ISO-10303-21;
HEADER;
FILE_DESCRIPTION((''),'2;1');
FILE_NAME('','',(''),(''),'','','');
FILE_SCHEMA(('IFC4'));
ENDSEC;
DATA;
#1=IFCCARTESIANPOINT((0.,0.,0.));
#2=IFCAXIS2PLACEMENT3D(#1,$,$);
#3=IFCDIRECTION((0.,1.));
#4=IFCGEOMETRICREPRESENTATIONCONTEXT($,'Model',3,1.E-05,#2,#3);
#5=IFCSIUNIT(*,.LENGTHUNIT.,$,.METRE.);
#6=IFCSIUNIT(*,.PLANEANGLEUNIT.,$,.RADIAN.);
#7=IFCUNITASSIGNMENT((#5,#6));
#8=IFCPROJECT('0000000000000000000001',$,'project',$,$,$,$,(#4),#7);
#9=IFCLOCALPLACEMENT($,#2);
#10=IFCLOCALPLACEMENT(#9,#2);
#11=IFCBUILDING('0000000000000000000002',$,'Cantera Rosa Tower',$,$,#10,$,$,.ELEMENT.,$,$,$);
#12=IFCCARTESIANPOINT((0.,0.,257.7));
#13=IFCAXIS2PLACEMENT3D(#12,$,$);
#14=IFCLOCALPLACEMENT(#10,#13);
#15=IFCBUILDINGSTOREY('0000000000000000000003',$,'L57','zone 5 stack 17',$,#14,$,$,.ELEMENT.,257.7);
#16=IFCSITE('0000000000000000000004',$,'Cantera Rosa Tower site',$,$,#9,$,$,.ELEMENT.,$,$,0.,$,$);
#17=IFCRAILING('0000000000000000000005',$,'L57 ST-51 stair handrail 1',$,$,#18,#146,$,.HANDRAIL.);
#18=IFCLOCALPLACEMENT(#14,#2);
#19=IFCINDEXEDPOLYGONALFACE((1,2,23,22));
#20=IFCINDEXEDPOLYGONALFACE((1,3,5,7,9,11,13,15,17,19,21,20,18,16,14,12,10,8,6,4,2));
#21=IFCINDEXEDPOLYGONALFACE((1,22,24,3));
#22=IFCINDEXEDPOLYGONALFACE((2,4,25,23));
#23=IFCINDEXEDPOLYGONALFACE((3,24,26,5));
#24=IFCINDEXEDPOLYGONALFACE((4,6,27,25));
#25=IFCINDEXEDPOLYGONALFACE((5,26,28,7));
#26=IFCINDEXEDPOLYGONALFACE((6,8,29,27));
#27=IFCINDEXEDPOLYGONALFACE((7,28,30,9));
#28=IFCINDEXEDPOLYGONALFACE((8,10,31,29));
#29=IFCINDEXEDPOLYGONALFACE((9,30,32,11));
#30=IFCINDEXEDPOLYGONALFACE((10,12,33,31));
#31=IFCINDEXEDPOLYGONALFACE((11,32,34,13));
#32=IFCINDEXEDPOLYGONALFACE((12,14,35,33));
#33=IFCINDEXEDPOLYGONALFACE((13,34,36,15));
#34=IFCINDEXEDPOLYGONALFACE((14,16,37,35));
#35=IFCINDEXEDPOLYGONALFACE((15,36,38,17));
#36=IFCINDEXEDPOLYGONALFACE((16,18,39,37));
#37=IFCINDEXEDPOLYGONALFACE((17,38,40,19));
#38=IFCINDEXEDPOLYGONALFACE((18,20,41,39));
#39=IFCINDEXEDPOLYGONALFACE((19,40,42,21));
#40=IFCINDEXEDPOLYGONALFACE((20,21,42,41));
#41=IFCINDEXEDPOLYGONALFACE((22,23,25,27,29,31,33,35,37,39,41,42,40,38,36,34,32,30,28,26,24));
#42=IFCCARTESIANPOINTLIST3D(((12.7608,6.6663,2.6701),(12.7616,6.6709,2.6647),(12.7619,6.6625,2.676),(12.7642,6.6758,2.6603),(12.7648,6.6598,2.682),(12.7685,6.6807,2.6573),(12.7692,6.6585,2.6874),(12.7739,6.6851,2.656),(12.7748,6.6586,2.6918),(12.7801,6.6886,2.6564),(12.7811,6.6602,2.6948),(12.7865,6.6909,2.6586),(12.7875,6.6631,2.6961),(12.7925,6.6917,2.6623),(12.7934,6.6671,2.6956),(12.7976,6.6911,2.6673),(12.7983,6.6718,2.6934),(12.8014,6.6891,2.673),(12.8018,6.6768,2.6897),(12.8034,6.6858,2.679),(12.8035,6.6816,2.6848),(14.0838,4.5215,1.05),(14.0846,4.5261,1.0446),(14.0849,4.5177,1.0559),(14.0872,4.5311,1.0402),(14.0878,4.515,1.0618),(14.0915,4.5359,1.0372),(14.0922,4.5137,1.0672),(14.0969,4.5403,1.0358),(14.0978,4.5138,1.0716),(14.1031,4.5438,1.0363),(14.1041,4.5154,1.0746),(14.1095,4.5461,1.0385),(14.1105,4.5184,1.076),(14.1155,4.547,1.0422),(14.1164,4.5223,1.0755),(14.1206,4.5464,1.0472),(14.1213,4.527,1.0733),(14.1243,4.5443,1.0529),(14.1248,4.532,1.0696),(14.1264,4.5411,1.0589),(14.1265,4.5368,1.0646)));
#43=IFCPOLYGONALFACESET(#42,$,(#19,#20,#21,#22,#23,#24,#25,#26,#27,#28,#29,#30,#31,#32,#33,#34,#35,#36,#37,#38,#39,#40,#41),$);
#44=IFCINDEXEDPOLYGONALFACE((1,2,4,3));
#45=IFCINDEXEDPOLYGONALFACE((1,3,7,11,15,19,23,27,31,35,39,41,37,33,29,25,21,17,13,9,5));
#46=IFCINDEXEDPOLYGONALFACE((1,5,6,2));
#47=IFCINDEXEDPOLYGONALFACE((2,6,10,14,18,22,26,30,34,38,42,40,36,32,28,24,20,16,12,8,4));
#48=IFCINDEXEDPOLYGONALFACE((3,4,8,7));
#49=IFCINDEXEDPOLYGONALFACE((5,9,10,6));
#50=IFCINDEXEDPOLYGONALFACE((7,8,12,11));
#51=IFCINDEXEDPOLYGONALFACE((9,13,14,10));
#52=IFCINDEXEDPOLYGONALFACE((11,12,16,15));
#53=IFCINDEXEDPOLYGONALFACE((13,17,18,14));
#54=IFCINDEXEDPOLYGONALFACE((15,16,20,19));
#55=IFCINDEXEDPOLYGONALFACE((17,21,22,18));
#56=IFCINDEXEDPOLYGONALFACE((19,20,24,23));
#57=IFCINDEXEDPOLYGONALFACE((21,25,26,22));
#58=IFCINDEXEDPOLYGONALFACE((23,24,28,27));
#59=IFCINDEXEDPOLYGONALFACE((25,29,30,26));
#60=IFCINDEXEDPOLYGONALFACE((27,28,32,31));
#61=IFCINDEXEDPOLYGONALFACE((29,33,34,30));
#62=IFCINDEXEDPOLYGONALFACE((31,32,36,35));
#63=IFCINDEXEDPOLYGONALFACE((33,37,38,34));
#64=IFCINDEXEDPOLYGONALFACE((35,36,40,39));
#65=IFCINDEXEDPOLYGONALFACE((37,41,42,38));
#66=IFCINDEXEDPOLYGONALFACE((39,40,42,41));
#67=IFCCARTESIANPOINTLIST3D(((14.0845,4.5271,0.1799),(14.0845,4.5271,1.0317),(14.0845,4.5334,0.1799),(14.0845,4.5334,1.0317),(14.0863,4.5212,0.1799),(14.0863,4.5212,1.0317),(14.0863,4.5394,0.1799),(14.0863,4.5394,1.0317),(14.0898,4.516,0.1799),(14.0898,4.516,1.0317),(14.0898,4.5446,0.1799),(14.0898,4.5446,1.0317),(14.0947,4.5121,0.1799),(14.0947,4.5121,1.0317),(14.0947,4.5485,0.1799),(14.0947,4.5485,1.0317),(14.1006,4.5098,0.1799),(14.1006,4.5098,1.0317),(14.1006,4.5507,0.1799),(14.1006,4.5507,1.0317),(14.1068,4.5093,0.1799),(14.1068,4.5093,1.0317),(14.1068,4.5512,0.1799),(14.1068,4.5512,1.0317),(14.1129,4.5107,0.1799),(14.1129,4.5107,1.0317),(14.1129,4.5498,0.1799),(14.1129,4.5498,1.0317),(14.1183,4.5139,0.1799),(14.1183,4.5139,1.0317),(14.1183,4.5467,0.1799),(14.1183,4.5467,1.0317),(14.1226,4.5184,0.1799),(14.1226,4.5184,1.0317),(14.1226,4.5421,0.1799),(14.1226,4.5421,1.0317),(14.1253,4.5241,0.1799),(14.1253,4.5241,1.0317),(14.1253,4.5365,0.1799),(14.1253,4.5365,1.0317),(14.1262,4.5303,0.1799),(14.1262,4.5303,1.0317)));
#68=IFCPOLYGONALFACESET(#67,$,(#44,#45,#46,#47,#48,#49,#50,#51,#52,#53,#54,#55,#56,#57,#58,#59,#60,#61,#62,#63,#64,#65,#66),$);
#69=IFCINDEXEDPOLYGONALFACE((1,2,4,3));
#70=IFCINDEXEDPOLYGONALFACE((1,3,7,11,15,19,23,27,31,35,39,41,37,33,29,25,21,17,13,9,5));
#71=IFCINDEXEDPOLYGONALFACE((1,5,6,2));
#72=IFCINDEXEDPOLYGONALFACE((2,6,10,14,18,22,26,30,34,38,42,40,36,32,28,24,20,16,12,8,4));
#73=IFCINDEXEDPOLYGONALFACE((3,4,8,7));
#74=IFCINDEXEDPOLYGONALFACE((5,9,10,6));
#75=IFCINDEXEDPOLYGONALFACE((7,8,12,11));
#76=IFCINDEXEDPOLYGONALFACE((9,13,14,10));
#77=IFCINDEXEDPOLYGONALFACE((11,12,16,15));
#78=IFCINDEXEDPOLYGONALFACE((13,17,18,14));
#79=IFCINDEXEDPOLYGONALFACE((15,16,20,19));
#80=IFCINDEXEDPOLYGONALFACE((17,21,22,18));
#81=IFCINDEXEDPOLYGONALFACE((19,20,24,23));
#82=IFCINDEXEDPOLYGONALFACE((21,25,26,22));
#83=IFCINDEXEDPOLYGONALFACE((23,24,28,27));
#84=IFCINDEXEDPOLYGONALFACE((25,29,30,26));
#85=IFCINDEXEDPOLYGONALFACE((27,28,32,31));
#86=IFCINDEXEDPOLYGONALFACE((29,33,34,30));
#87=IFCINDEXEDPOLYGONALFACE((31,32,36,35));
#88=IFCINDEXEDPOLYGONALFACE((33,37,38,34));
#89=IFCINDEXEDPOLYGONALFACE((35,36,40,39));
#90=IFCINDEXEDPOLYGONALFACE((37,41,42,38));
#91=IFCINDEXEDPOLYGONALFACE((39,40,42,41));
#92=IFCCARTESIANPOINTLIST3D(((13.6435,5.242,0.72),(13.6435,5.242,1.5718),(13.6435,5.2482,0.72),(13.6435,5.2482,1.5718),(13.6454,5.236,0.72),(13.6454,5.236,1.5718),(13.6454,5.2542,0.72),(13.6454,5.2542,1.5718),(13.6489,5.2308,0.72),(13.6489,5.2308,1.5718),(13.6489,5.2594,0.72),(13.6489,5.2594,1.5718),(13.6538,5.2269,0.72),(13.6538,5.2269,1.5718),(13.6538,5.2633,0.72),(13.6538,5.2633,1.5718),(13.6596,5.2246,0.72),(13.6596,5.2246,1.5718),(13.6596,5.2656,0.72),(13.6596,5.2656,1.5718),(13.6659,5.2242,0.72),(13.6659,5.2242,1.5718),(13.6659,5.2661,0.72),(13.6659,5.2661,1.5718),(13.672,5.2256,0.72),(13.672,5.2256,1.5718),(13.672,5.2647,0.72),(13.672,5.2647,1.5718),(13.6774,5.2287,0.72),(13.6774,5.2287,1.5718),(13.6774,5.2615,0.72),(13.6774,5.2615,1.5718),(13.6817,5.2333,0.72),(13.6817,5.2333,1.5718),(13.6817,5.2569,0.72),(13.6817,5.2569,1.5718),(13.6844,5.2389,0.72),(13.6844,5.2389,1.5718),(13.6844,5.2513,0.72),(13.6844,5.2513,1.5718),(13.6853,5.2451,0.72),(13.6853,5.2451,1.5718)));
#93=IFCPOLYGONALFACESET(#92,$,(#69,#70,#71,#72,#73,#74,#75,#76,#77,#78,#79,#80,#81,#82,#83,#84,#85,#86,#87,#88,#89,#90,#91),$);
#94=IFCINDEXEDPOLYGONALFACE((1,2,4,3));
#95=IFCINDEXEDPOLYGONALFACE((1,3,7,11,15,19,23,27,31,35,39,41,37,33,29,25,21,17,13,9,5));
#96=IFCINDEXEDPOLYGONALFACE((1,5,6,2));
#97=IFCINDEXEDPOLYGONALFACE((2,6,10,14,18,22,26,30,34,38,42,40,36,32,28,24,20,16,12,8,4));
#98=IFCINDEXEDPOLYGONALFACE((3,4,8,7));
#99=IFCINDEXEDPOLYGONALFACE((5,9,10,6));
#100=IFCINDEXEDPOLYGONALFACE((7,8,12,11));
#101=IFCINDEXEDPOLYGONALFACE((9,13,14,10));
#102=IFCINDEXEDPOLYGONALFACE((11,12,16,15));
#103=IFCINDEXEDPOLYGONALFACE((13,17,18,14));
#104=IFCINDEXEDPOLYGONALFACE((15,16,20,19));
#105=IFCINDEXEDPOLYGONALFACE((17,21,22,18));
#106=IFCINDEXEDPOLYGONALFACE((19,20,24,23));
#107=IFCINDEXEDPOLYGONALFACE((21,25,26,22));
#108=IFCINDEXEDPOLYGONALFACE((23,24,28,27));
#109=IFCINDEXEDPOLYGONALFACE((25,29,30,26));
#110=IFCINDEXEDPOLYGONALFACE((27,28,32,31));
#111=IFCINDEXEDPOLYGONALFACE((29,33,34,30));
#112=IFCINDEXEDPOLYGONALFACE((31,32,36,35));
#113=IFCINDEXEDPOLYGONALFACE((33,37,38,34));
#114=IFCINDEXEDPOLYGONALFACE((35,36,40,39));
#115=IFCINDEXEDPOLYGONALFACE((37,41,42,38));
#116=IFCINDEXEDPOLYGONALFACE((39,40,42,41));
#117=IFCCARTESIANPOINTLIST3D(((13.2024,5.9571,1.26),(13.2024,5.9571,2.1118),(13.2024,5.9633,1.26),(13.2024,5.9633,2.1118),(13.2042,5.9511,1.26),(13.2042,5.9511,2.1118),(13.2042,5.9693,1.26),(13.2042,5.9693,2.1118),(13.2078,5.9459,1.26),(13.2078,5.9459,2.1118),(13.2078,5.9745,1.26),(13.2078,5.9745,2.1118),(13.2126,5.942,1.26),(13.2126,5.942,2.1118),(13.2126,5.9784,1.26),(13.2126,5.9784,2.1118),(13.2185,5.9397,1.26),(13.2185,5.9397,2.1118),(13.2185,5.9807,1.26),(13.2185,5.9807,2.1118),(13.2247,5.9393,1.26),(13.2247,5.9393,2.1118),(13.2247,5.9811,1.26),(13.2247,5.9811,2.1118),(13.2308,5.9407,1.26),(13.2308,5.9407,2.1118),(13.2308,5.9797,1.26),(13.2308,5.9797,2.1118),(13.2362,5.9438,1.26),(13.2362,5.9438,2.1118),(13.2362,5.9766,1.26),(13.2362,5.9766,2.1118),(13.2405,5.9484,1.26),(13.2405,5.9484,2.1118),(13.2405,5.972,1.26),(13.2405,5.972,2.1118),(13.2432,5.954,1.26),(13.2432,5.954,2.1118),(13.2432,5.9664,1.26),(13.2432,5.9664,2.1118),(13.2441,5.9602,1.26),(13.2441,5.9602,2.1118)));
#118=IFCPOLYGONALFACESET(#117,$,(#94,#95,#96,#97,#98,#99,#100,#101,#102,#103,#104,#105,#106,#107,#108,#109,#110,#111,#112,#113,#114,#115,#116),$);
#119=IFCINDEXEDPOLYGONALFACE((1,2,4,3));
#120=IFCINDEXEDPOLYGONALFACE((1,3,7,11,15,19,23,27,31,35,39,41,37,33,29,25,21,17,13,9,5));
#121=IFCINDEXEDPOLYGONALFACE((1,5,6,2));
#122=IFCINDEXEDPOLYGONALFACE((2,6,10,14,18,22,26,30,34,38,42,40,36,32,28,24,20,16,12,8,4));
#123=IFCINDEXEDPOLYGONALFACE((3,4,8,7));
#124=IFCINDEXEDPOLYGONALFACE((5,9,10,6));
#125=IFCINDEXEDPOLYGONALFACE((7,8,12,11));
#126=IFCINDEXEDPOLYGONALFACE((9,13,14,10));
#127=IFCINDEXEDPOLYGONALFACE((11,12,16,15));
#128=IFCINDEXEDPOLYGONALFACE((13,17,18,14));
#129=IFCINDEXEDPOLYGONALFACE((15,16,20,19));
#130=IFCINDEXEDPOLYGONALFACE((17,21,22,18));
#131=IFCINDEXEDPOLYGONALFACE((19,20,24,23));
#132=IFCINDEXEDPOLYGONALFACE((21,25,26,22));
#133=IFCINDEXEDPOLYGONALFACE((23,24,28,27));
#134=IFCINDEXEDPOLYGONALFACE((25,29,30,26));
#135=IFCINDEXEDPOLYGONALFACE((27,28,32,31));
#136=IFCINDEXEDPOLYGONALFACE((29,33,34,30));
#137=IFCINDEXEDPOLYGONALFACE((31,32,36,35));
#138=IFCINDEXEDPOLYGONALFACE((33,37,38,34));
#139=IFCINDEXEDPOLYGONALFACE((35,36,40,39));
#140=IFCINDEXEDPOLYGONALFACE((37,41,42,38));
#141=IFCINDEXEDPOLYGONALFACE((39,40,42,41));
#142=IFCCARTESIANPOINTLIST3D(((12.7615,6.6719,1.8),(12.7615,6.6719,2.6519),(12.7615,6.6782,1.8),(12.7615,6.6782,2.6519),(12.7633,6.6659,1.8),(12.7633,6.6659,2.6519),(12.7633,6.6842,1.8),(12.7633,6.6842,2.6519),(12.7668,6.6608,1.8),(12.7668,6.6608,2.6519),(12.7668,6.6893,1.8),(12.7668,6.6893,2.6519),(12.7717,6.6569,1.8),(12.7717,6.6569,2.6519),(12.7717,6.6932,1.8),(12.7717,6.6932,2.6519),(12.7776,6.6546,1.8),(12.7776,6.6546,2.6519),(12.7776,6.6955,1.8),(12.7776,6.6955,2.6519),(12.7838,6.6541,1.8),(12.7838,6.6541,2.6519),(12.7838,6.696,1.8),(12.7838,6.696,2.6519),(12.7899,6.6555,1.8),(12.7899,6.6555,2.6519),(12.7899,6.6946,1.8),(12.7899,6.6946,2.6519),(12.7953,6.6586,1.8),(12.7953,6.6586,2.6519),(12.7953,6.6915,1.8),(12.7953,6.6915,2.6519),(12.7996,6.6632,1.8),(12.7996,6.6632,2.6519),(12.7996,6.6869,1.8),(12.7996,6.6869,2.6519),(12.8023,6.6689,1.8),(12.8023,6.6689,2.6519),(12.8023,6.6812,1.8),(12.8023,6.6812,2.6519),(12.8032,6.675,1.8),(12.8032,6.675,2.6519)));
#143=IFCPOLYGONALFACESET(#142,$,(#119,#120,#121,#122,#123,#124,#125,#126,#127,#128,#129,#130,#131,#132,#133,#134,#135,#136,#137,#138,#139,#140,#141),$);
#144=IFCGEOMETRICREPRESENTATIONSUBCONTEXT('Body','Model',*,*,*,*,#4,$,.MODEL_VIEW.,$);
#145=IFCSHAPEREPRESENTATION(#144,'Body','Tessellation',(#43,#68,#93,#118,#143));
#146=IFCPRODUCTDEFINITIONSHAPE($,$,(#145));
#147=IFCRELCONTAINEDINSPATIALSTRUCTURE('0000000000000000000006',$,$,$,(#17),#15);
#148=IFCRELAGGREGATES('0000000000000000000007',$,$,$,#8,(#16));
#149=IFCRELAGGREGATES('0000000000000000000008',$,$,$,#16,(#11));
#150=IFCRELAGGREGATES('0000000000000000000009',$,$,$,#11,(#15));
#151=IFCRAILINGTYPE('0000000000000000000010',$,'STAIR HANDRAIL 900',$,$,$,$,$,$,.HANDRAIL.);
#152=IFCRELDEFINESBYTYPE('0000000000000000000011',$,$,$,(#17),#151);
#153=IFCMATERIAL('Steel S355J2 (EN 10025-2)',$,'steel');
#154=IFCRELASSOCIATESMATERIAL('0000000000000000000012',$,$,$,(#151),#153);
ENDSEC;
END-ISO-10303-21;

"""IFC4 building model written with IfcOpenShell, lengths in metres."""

from ifc_helpers import new_model, si_unit, direction, frame, origin, origin_2d, place, context, subcontext, project, spatial, circle, extrude, material, type_object, element, save


model = new_model("IFC4")

# Units and contexts
model_context = context("Model", 3, precision=1e-05, world=origin(), true_north=direction((0.0, 1.0)))
body_context = subcontext(model_context, "Body", "Model", "MODEL_VIEW")
ifc_project = project(units=[si_unit("LENGTHUNIT", "METRE"), si_unit("PLANEANGLEUNIT", "RADIAN")], contexts=[model_context])

# Site, building, storey
site_placement = place(None, origin())
site = spatial("IfcSite", under=ifc_project, at=site_placement, Name="Cantera Rosa Tower site", CompositionType="ELEMENT", RefElevation=0.0)
building_placement = place(site_placement, origin())
building = spatial("IfcBuilding", under=site, at=building_placement, Name="Cantera Rosa Tower", CompositionType="ELEMENT")
storey_placement = place(building_placement, frame((0.0, 0.0, 257.7)))
storey = spatial("IfcBuildingStorey", under=building, at=storey_placement, Name="L57", Description="zone 5 stack 17", CompositionType="ELEMENT", Elevation=257.7)

# Railing
ifc_material_1 = material(Name="Steel S355J2 (EN 10025-2)", Category="steel")
railing_type_1 = type_object("IfcRailingType", Name="STAIR HANDRAIL 900", PredefinedType="HANDRAIL", material=ifc_material_1)
railing_1_placement = place(storey_placement, frame((14.1052, 4.5303, 0.1799)))
element("IfcRailing", 1, at=railing_1_placement, inside=storey, type_object=railing_type_1, Name="L57 ST-51 stair handrail 1", PredefinedType="HANDRAIL", context=body_context, shape_type="SweptSolid", body=[
    extrude(circle(Radius=0.0239, at=origin_2d()), frame((0.0, 0.0, 0.876), z_axis=(-0.441609, 0.715914, 0.540786), x_axis=(-0.851102, -0.525, 0.0)), (0.0, 0.0, 1.0), 2.9958),
    extrude(circle(Radius=0.021, at=origin_2d()), origin(), (0.0, 0.0, 1.0), 0.8518),
    extrude(circle(Radius=0.021, at=origin_2d()), frame((-0.4409, 0.7148, 0.54)), (0.0, 0.0, 1.0), 0.8518),
    extrude(circle(Radius=0.021, at=origin_2d()), frame((-0.8821, 1.4299, 1.0801)), (0.0, 0.0, 1.0), 0.8518),
    extrude(circle(Radius=0.021, at=origin_2d()), frame((-1.323, 2.1448, 1.6201)), (0.0, 0.0, 1.0), 0.8518),
])

save(model, "model.ifc")
